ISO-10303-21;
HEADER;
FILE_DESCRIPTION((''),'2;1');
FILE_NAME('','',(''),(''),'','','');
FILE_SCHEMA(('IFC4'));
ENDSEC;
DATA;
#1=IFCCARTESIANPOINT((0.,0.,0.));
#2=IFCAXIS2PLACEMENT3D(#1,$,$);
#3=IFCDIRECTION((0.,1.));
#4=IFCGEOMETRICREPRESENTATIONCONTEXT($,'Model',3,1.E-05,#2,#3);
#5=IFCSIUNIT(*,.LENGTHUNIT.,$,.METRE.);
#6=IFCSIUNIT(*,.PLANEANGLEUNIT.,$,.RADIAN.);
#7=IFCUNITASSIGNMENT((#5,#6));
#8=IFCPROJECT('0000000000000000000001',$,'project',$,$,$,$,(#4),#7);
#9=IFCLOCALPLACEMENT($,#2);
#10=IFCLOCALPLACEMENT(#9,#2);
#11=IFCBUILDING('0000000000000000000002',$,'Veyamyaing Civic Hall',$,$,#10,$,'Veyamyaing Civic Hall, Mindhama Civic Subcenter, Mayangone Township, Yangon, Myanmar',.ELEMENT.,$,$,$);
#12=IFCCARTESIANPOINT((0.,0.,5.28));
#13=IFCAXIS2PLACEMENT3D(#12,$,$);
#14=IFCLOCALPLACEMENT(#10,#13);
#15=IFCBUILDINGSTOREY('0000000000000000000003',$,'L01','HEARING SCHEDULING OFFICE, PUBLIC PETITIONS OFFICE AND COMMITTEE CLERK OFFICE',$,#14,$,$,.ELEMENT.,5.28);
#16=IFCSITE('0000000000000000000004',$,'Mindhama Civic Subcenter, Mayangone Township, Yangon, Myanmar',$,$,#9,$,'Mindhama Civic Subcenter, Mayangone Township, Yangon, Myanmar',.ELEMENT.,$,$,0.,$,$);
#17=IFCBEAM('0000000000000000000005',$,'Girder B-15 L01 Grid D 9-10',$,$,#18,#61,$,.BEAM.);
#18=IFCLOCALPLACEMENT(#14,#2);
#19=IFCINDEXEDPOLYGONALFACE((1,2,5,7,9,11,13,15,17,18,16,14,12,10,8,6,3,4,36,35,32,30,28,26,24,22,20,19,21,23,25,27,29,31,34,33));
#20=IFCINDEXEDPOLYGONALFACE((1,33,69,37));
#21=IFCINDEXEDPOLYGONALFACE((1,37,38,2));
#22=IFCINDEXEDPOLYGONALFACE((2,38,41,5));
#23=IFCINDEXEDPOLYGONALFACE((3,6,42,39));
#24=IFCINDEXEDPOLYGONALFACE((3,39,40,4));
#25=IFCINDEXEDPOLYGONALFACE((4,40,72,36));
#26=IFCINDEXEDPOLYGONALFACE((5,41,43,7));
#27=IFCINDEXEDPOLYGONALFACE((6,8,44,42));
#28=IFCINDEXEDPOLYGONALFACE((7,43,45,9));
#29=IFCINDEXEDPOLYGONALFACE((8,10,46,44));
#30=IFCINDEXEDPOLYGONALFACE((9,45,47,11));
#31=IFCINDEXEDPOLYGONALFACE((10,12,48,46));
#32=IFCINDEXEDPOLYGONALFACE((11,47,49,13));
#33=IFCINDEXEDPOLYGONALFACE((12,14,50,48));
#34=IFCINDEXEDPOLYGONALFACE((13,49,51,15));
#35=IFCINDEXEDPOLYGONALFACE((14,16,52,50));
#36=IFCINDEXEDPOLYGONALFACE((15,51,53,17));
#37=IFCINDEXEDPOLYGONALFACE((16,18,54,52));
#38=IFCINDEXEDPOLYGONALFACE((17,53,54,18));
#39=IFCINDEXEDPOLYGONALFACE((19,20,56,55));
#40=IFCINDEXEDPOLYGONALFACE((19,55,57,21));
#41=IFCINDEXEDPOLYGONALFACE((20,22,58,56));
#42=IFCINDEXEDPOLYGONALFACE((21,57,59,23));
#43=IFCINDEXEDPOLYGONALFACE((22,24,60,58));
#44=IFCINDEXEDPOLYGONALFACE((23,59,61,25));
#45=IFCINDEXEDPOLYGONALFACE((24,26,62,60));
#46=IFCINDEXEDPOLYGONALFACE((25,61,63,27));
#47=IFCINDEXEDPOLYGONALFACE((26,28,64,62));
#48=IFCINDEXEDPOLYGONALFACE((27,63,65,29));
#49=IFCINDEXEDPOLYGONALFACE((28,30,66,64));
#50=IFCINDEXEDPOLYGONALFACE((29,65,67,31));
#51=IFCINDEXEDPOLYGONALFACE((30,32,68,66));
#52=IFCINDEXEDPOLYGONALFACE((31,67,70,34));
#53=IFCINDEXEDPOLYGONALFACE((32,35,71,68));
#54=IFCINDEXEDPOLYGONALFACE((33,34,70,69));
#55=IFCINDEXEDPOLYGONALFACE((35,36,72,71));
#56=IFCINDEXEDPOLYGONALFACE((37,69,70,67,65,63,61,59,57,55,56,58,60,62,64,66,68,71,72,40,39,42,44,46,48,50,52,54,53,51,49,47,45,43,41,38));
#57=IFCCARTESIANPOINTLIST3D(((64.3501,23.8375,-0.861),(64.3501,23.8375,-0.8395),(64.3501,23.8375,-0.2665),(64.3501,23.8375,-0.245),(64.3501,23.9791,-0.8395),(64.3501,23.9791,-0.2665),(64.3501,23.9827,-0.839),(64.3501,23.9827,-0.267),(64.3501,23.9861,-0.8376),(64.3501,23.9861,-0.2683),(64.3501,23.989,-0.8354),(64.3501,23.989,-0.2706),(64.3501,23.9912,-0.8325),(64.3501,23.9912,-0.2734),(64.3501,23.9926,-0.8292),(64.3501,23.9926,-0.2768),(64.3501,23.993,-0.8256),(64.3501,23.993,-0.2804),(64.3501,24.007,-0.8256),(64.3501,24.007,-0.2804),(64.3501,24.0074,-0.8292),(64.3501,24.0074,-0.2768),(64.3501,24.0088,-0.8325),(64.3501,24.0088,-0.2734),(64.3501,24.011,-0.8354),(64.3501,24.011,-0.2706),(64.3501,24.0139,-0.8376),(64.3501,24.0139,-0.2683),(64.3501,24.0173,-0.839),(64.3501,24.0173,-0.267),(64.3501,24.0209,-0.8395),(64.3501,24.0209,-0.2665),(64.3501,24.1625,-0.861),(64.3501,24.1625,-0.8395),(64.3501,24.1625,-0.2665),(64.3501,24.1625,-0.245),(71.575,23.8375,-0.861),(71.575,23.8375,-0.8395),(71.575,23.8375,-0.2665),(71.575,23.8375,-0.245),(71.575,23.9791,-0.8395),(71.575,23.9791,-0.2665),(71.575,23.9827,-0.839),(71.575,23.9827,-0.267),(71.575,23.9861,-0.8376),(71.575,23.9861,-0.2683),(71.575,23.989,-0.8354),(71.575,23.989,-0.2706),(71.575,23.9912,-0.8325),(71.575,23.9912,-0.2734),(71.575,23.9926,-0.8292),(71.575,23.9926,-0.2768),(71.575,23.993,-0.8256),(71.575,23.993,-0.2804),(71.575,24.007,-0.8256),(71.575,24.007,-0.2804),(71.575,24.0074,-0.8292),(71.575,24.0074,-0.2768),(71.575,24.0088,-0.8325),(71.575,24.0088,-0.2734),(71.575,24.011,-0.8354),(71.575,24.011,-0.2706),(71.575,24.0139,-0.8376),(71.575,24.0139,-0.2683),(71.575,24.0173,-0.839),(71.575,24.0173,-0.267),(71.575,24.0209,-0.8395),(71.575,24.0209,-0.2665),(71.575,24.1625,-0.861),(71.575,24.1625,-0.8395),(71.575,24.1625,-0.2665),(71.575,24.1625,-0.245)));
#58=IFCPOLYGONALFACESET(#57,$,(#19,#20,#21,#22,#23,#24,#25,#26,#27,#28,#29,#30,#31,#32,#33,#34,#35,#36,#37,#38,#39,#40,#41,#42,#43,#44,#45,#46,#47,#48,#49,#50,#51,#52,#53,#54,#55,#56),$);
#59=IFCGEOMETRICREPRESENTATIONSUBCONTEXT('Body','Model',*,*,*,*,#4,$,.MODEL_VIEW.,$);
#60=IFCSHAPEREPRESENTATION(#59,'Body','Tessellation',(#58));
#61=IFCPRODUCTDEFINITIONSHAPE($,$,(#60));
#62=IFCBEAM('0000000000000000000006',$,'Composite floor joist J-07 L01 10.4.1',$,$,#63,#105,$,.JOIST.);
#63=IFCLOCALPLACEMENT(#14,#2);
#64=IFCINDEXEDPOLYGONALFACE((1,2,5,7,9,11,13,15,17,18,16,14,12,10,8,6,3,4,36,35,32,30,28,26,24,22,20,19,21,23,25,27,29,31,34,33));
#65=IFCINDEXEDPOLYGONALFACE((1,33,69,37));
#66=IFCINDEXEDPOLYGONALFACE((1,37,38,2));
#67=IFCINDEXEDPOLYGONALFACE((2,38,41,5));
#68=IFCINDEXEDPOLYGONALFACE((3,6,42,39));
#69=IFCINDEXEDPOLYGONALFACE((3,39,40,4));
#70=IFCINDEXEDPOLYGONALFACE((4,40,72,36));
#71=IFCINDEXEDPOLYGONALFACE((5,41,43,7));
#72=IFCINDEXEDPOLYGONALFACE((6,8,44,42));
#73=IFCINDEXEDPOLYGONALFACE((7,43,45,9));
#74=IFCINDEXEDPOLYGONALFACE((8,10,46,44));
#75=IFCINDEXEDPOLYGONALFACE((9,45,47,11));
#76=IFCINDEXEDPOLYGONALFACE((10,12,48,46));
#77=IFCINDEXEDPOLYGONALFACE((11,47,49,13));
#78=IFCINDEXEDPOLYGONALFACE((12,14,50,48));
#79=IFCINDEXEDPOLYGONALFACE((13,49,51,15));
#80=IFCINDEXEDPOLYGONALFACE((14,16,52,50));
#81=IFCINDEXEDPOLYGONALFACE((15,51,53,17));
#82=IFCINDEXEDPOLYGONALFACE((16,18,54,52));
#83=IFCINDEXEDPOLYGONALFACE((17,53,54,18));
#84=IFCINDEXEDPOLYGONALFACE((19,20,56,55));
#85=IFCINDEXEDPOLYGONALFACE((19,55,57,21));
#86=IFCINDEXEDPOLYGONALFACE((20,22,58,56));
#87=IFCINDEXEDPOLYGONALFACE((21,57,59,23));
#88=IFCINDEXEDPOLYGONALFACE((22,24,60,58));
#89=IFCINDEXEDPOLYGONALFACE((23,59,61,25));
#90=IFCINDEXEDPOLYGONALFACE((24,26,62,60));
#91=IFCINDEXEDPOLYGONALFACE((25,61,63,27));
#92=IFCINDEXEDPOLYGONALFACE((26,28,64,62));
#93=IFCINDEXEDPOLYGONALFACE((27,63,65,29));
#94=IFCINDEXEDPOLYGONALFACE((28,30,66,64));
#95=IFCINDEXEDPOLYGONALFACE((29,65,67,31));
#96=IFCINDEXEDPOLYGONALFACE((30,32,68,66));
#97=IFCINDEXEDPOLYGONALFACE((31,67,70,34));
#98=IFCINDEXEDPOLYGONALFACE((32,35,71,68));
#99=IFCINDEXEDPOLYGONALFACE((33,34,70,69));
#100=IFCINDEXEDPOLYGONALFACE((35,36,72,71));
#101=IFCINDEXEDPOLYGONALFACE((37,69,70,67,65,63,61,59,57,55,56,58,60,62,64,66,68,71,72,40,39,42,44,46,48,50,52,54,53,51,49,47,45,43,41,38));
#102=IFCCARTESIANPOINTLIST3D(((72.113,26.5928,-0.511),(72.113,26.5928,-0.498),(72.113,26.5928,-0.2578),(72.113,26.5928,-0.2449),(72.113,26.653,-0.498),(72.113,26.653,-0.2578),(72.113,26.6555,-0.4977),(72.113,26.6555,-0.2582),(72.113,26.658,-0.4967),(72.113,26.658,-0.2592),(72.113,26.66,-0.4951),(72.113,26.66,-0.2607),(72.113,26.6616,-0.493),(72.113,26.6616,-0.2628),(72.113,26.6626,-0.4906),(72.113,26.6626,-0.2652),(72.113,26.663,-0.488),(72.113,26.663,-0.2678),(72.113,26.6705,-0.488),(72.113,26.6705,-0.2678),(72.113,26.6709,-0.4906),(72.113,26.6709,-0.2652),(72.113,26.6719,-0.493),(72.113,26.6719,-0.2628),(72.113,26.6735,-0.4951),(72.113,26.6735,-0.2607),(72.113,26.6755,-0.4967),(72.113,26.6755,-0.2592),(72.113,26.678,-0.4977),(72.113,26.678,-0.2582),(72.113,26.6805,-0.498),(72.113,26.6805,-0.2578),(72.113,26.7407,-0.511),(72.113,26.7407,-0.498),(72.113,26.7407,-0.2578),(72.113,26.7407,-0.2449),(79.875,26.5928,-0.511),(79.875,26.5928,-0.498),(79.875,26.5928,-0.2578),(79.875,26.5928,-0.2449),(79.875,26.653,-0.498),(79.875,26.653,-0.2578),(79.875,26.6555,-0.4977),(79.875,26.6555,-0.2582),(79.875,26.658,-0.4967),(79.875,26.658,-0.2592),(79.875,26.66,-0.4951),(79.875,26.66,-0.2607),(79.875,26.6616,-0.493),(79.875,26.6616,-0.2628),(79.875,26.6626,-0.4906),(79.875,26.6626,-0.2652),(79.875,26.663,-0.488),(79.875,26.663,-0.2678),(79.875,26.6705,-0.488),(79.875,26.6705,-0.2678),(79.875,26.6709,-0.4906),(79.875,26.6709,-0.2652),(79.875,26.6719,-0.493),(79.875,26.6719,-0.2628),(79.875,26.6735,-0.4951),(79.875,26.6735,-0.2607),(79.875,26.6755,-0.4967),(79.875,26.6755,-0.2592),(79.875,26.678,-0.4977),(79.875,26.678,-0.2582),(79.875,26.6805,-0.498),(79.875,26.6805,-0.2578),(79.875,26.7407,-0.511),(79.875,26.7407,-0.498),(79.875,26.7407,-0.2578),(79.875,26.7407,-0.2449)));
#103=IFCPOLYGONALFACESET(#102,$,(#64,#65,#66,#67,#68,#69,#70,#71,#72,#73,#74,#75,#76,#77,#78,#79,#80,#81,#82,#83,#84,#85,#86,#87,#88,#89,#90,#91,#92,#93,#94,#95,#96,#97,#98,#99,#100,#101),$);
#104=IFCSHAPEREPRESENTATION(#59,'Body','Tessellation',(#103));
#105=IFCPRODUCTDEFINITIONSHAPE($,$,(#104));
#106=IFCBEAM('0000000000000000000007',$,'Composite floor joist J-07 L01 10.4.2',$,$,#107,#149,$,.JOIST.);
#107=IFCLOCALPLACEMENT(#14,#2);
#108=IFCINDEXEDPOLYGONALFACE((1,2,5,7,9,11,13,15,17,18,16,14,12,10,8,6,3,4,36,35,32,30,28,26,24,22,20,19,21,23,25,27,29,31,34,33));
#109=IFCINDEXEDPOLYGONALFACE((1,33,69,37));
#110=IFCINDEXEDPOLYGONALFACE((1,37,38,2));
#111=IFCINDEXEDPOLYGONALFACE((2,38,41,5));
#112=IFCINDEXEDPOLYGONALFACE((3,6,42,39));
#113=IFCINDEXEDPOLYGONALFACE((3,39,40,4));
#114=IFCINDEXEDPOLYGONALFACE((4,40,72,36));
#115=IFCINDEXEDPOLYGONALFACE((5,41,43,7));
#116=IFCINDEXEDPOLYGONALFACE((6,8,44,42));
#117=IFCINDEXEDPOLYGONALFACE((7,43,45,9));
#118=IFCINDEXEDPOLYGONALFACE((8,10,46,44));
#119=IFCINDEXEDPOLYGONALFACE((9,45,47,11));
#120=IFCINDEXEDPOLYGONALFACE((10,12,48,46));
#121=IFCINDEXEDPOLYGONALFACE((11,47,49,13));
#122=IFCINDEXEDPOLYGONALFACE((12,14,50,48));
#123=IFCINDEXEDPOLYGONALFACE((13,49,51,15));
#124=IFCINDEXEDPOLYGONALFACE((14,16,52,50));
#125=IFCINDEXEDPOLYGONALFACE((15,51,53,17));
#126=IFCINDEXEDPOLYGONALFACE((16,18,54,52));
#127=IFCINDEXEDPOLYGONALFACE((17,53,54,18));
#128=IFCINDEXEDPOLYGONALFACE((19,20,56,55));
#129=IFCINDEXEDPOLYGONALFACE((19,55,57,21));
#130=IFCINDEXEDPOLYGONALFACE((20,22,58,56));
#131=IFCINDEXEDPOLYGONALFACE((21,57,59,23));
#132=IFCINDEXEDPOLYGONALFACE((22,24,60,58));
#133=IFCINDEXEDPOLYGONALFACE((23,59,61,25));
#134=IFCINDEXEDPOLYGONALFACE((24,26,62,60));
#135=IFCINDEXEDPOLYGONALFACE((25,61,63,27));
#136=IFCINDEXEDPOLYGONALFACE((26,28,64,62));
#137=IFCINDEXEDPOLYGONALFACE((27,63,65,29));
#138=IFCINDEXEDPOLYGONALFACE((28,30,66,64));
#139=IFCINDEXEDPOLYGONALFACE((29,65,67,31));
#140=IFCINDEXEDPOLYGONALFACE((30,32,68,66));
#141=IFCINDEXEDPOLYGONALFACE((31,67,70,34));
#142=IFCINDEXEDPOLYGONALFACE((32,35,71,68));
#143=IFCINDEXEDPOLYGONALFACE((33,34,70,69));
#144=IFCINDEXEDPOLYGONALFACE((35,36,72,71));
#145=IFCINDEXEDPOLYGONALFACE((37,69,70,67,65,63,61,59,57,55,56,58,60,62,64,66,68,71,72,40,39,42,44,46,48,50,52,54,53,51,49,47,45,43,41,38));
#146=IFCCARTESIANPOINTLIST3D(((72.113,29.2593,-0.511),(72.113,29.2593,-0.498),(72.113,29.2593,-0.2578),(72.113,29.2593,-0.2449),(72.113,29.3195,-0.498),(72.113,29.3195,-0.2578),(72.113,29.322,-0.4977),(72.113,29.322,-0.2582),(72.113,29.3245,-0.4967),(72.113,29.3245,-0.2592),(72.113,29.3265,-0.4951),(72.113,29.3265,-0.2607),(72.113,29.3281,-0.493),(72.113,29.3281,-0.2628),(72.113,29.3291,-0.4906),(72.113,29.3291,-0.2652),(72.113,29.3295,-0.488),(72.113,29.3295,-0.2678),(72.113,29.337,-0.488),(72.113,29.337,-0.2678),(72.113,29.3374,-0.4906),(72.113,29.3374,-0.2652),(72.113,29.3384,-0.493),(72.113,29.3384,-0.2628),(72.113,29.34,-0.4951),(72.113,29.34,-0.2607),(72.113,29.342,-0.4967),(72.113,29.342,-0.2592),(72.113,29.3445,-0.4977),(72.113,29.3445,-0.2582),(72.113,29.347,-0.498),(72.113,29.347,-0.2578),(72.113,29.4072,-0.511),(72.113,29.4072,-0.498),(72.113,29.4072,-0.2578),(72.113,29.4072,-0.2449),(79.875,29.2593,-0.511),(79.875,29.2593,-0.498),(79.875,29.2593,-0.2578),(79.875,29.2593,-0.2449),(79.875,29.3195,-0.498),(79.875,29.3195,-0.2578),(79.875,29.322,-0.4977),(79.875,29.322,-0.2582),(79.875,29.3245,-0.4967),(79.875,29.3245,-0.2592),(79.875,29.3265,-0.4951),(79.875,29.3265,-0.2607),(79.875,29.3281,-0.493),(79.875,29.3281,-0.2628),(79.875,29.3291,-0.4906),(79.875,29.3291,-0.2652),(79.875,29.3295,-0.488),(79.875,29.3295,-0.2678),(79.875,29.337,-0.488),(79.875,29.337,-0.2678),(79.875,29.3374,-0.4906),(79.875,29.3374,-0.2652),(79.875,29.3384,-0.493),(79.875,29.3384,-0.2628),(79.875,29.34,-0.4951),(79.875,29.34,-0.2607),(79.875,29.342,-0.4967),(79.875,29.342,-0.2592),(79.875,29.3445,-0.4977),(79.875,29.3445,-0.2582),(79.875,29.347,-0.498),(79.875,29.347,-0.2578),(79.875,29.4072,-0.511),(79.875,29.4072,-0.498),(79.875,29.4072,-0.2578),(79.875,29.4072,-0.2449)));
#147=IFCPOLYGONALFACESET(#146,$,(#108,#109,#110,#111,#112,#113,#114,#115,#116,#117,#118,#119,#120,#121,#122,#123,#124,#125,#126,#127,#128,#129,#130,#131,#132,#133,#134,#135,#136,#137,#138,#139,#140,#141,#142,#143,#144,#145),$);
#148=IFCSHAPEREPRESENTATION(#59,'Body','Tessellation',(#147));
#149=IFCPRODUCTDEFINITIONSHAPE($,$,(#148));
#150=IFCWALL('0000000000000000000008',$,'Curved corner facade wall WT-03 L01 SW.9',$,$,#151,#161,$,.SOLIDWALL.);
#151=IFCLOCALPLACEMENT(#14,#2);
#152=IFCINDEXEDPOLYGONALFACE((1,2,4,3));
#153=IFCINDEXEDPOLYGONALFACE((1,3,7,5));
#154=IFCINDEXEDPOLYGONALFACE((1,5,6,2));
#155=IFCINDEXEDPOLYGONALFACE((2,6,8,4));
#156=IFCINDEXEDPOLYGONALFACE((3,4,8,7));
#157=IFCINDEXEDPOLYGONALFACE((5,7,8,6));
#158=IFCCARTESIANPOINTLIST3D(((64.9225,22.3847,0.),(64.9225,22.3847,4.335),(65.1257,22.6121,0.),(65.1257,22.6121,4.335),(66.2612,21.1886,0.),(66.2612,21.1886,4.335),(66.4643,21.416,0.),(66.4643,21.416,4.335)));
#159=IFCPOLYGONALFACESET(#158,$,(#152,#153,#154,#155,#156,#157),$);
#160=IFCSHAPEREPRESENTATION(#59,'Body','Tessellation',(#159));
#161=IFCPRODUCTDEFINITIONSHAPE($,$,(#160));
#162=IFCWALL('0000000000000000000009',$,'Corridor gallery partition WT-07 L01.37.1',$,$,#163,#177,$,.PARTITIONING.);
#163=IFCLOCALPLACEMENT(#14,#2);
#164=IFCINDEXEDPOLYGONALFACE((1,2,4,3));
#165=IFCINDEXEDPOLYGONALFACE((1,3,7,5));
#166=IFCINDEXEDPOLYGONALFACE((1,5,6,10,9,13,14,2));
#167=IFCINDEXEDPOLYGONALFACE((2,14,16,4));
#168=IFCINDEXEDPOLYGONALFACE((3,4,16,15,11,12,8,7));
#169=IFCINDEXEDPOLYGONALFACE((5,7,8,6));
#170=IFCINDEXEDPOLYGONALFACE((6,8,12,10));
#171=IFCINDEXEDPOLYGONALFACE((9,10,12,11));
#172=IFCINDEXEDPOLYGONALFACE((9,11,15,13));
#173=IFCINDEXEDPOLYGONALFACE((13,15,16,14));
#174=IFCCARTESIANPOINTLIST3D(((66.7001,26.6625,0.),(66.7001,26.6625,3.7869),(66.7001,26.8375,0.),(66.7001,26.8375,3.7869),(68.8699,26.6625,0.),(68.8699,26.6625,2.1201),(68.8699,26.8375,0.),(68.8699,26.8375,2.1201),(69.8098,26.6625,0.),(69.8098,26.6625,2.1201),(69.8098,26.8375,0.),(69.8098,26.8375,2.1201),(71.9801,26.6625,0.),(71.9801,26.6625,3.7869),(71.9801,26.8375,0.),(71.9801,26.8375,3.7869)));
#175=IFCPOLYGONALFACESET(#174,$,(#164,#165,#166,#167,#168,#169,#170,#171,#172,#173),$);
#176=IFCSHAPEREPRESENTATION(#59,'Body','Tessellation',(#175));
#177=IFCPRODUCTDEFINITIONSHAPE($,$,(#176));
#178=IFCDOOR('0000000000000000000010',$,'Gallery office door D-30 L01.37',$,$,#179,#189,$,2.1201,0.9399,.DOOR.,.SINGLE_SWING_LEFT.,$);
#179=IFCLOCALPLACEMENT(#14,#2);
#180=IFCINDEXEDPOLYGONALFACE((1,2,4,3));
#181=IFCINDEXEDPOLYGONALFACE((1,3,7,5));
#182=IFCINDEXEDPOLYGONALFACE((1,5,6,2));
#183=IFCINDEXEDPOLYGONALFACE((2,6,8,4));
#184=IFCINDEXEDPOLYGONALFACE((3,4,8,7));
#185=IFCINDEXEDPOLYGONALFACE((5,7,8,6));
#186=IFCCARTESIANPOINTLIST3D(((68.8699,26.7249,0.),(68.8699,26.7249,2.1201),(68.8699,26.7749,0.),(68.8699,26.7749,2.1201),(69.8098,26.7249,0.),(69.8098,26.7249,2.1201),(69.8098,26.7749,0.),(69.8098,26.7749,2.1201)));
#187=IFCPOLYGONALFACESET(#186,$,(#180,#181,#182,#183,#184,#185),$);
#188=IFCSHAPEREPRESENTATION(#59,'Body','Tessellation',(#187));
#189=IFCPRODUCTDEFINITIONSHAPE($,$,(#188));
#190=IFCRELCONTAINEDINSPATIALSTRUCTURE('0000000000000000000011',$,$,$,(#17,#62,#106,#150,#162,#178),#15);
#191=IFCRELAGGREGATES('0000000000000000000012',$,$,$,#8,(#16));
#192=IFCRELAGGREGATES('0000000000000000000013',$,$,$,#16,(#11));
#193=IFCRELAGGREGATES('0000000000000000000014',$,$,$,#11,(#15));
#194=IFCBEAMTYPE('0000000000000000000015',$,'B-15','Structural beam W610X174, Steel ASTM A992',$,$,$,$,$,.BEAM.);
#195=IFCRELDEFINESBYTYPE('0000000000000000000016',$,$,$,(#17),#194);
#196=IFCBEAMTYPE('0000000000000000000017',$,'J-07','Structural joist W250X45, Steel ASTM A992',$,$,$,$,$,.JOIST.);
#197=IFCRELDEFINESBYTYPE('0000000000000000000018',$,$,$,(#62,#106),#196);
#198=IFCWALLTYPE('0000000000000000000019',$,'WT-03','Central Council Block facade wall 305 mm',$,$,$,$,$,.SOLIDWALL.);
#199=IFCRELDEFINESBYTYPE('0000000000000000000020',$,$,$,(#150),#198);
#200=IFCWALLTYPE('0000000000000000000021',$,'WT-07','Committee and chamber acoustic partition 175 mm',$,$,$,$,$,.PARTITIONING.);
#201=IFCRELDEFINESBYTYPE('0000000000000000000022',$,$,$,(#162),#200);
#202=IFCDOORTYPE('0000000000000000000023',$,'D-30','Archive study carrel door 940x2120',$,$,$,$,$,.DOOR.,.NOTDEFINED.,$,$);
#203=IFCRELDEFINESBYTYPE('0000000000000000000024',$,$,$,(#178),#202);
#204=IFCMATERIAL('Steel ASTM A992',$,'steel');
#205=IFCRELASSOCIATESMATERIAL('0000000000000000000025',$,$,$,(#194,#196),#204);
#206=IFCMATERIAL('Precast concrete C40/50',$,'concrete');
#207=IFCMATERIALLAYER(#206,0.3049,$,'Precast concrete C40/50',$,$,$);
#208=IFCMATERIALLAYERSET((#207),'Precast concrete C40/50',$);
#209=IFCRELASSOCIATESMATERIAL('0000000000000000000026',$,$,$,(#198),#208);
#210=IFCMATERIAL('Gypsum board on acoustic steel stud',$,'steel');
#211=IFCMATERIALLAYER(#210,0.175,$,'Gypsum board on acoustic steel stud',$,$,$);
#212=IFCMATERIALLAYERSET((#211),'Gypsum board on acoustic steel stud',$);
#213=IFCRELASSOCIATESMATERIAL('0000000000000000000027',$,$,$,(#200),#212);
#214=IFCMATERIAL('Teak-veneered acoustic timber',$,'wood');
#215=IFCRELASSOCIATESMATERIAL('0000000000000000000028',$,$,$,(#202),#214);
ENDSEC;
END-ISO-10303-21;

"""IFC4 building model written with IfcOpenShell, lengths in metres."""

from ifc_helpers import new_model, si_unit, direction, frame, frame_2d, origin, origin_2d, place, context, subcontext, project, spatial, rectangle, i_section, extrude, material, layer, layer_set, material_profile, profile_set, type_object, element, fill, save


model = new_model("IFC4")

# Units and contexts
model_context = context("Model", 3, precision=1e-05, world=origin(), true_north=direction((0.0, 1.0)))
body_context = subcontext(model_context, "Body", "Model", "MODEL_VIEW")
ifc_project = project(units=[si_unit("LENGTHUNIT", "METRE"), si_unit("PLANEANGLEUNIT", "RADIAN")], contexts=[model_context])

# Site, building, storey
site_placement = place(None, origin())
site = spatial("IfcSite", under=ifc_project, at=site_placement, Name="Mindhama Civic Subcenter, Mayangone Township, Yangon, Myanmar", LongName="Mindhama Civic Subcenter, Mayangone Township, Yangon, Myanmar", CompositionType="ELEMENT", RefElevation=0.0)
building_placement = place(site_placement, origin())
building = spatial("IfcBuilding", under=site, at=building_placement, Name="Veyamyaing Civic Hall", LongName="Veyamyaing Civic Hall, Mindhama Civic Subcenter, Mayangone Township, Yangon, Myanmar", CompositionType="ELEMENT")
storey_placement = place(building_placement, frame((0.0, 0.0, 5.28)))
storey = spatial("IfcBuildingStorey", under=building, at=storey_placement, Name="L01", Description="HEARING SCHEDULING OFFICE, PUBLIC PETITIONS OFFICE AND COMMITTEE CLERK OFFICE", CompositionType="ELEMENT", Elevation=5.28)

# Beams
ifc_material_1 = material(Name="Steel ASTM A992", Category="steel")
ifc_material_profile_1 = material_profile(ifc_material_1, i_section(OverallWidth=0.325, OverallDepth=0.616, WebThickness=0.0139, FlangeThickness=0.0215, FilletRadius=0.0139, at=origin_2d()), Name="W610X174")
ifc_profile_set_1 = profile_set([ifc_material_profile_1], Name="Steel ASTM A992")
beam_type_1 = type_object("IfcBeamType", Name="B-15", Description="Structural beam W610X174, Steel ASTM A992", PredefinedType="BEAM", material=ifc_profile_set_1)
beam_1_placement = place(storey_placement, frame((64.3501, 24.0, -0.553), z_axis=(1.0, 0.0, 0.0), x_axis=(0.0, 1.0, 0.0)))
element("IfcBeam", 1, at=beam_1_placement, inside=storey, type_object=beam_type_1, Name="Girder B-15 L01 Grid D 9-10", PredefinedType="BEAM", context=body_context, shape_type="SweptSolid", body=[
    extrude(i_section(OverallWidth=0.325, OverallDepth=0.616, WebThickness=0.0139, FlangeThickness=0.0215, FilletRadius=0.0139, at=origin_2d()), origin(), (0.0, 0.0, 1.0), 7.2249),
])
ifc_material_profile_2 = material_profile(ifc_material_1, i_section(OverallWidth=0.1479, OverallDepth=0.2661, WebThickness=0.0076, FlangeThickness=0.0129, FilletRadius=0.01, at=origin_2d()), Name="W250X45")
ifc_profile_set_2 = profile_set([ifc_material_profile_2], Name="Steel ASTM A992")
beam_type_2 = type_object("IfcBeamType", Name="J-07", Description="Structural joist W250X45, Steel ASTM A992", PredefinedType="JOIST", material=ifc_profile_set_2)
for number, where, z_axis, x_axis, name in (
    (2, (72.113, 26.6667, -0.3779), (1.0, 0.0, 0.0), (0.0, 1.0, 0.0), "Composite floor joist J-07 L01 10.4.1"),
    (3, (72.113, 29.3333, -0.3779), (1.0, 0.0, 0.0), (0.0, 1.0, 0.0), "Composite floor joist J-07 L01 10.4.2"),
):
    element("IfcBeam", number, at=place(storey_placement, frame(where, z_axis=z_axis, x_axis=x_axis)), inside=storey, type_object=beam_type_2, Name=name, PredefinedType="JOIST", context=body_context, shape_type="SweptSolid", body=[
        extrude(i_section(OverallWidth=0.1479, OverallDepth=0.2661, WebThickness=0.0076, FlangeThickness=0.0129, FilletRadius=0.01, at=origin_2d()), origin(), (0.0, 0.0, 1.0), 7.762),
    ])

# Wall
ifc_material_2 = material(Name="Precast concrete C40/50", Category="concrete")
ifc_layer_1 = layer(ifc_material_2, 0.3049, Name="Precast concrete C40/50")
ifc_layer_set_1 = layer_set([ifc_layer_1], Name="Precast concrete C40/50")
wall_type_1 = type_object("IfcWallType", Name="WT-03", Description="Central Council Block facade wall 305 mm", PredefinedType="SOLIDWALL", material=ifc_layer_set_1)
wall_1_placement = place(storey_placement, frame((65.0242, 22.4983, 0.0), z_axis=(0.0, 0.0, 1.0), x_axis=(0.745704, -0.666278, 0.0)))
element("IfcWall", 4, at=wall_1_placement, inside=storey, type_object=wall_type_1, Name="Curved corner facade wall WT-03 L01 SW.9", PredefinedType="SOLIDWALL", context=body_context, shape_type="SweptSolid", body=[
    extrude(rectangle(XDim=1.7952, YDim=0.3049, at=frame_2d((0.8975, 0.0))), origin(), (0.0, 0.0, 1.0), 4.335),
])

# Wall, opening, door
ifc_material_3 = material(Name="Gypsum board on acoustic steel stud", Category="steel")
ifc_layer_2 = layer(ifc_material_3, 0.175, Name="Gypsum board on acoustic steel stud")
ifc_layer_set_2 = layer_set([ifc_layer_2], Name="Gypsum board on acoustic steel stud")
wall_type_2 = type_object("IfcWallType", Name="WT-07", Description="Committee and chamber acoustic partition 175 mm", PredefinedType="PARTITIONING", material=ifc_layer_set_2)
wall_2_placement = place(storey_placement, frame((66.7, 26.75, 0.0), z_axis=(0.0, 0.0, 1.0), x_axis=(1.0, 0.0, 0.0)))
wall_2 = element("IfcWall", 5, at=wall_2_placement, inside=storey, type_object=wall_type_2, Name="Corridor gallery partition WT-07 L01.37.1", PredefinedType="PARTITIONING", context=body_context, shape_type="SweptSolid", body=[
    extrude(rectangle(XDim=5.28, YDim=0.175, at=frame_2d((2.6401, 0.0))), origin(), (0.0, 0.0, 1.0), 3.7869),
])
opening_1_placement = place(wall_2_placement, frame((2.1699, 0.0, 0.0)))
opening_1 = element("IfcOpeningElement", 6, at=opening_1_placement, cuts=wall_2, PredefinedType="OPENING", context=body_context, shape_type="SweptSolid", body=[
    extrude(rectangle(XDim=0.9399, YDim=2.1201, at=frame_2d((0.47, 1.0601))), frame((0.0, 0.0974, 0.0), z_axis=(0.0, -1.0, 0.0), x_axis=(1.0, 0.0, 0.0)), (0.0, 0.0, 1.0), 0.1951),
])
ifc_material_4 = material(Name="Teak-veneered acoustic timber", Category="wood")
door_type_1 = type_object("IfcDoorType", Name="D-30", Description="Archive study carrel door 940x2120", OperationType="NOTDEFINED", PredefinedType="DOOR", material=ifc_material_4)
door_1_placement = place(opening_1_placement, origin())
door_1 = element("IfcDoor", 7, at=door_1_placement, inside=storey, type_object=door_type_1, Name="Gallery office door D-30 L01.37", OperationType="SINGLE_SWING_LEFT", OverallHeight=2.1201, OverallWidth=0.9399, PredefinedType="DOOR", context=body_context, shape_type="SweptSolid", body=[
    extrude(rectangle(XDim=0.9399, YDim=2.1201, at=frame_2d((0.47, 1.0601))), frame((0.0, 0.0249, 0.0), z_axis=(0.0, -1.0, 0.0), x_axis=(1.0, 0.0, 0.0)), (0.0, 0.0, 1.0), 0.05),
])
fill(opening_1, door_1)

save(model, "model.ifc")
